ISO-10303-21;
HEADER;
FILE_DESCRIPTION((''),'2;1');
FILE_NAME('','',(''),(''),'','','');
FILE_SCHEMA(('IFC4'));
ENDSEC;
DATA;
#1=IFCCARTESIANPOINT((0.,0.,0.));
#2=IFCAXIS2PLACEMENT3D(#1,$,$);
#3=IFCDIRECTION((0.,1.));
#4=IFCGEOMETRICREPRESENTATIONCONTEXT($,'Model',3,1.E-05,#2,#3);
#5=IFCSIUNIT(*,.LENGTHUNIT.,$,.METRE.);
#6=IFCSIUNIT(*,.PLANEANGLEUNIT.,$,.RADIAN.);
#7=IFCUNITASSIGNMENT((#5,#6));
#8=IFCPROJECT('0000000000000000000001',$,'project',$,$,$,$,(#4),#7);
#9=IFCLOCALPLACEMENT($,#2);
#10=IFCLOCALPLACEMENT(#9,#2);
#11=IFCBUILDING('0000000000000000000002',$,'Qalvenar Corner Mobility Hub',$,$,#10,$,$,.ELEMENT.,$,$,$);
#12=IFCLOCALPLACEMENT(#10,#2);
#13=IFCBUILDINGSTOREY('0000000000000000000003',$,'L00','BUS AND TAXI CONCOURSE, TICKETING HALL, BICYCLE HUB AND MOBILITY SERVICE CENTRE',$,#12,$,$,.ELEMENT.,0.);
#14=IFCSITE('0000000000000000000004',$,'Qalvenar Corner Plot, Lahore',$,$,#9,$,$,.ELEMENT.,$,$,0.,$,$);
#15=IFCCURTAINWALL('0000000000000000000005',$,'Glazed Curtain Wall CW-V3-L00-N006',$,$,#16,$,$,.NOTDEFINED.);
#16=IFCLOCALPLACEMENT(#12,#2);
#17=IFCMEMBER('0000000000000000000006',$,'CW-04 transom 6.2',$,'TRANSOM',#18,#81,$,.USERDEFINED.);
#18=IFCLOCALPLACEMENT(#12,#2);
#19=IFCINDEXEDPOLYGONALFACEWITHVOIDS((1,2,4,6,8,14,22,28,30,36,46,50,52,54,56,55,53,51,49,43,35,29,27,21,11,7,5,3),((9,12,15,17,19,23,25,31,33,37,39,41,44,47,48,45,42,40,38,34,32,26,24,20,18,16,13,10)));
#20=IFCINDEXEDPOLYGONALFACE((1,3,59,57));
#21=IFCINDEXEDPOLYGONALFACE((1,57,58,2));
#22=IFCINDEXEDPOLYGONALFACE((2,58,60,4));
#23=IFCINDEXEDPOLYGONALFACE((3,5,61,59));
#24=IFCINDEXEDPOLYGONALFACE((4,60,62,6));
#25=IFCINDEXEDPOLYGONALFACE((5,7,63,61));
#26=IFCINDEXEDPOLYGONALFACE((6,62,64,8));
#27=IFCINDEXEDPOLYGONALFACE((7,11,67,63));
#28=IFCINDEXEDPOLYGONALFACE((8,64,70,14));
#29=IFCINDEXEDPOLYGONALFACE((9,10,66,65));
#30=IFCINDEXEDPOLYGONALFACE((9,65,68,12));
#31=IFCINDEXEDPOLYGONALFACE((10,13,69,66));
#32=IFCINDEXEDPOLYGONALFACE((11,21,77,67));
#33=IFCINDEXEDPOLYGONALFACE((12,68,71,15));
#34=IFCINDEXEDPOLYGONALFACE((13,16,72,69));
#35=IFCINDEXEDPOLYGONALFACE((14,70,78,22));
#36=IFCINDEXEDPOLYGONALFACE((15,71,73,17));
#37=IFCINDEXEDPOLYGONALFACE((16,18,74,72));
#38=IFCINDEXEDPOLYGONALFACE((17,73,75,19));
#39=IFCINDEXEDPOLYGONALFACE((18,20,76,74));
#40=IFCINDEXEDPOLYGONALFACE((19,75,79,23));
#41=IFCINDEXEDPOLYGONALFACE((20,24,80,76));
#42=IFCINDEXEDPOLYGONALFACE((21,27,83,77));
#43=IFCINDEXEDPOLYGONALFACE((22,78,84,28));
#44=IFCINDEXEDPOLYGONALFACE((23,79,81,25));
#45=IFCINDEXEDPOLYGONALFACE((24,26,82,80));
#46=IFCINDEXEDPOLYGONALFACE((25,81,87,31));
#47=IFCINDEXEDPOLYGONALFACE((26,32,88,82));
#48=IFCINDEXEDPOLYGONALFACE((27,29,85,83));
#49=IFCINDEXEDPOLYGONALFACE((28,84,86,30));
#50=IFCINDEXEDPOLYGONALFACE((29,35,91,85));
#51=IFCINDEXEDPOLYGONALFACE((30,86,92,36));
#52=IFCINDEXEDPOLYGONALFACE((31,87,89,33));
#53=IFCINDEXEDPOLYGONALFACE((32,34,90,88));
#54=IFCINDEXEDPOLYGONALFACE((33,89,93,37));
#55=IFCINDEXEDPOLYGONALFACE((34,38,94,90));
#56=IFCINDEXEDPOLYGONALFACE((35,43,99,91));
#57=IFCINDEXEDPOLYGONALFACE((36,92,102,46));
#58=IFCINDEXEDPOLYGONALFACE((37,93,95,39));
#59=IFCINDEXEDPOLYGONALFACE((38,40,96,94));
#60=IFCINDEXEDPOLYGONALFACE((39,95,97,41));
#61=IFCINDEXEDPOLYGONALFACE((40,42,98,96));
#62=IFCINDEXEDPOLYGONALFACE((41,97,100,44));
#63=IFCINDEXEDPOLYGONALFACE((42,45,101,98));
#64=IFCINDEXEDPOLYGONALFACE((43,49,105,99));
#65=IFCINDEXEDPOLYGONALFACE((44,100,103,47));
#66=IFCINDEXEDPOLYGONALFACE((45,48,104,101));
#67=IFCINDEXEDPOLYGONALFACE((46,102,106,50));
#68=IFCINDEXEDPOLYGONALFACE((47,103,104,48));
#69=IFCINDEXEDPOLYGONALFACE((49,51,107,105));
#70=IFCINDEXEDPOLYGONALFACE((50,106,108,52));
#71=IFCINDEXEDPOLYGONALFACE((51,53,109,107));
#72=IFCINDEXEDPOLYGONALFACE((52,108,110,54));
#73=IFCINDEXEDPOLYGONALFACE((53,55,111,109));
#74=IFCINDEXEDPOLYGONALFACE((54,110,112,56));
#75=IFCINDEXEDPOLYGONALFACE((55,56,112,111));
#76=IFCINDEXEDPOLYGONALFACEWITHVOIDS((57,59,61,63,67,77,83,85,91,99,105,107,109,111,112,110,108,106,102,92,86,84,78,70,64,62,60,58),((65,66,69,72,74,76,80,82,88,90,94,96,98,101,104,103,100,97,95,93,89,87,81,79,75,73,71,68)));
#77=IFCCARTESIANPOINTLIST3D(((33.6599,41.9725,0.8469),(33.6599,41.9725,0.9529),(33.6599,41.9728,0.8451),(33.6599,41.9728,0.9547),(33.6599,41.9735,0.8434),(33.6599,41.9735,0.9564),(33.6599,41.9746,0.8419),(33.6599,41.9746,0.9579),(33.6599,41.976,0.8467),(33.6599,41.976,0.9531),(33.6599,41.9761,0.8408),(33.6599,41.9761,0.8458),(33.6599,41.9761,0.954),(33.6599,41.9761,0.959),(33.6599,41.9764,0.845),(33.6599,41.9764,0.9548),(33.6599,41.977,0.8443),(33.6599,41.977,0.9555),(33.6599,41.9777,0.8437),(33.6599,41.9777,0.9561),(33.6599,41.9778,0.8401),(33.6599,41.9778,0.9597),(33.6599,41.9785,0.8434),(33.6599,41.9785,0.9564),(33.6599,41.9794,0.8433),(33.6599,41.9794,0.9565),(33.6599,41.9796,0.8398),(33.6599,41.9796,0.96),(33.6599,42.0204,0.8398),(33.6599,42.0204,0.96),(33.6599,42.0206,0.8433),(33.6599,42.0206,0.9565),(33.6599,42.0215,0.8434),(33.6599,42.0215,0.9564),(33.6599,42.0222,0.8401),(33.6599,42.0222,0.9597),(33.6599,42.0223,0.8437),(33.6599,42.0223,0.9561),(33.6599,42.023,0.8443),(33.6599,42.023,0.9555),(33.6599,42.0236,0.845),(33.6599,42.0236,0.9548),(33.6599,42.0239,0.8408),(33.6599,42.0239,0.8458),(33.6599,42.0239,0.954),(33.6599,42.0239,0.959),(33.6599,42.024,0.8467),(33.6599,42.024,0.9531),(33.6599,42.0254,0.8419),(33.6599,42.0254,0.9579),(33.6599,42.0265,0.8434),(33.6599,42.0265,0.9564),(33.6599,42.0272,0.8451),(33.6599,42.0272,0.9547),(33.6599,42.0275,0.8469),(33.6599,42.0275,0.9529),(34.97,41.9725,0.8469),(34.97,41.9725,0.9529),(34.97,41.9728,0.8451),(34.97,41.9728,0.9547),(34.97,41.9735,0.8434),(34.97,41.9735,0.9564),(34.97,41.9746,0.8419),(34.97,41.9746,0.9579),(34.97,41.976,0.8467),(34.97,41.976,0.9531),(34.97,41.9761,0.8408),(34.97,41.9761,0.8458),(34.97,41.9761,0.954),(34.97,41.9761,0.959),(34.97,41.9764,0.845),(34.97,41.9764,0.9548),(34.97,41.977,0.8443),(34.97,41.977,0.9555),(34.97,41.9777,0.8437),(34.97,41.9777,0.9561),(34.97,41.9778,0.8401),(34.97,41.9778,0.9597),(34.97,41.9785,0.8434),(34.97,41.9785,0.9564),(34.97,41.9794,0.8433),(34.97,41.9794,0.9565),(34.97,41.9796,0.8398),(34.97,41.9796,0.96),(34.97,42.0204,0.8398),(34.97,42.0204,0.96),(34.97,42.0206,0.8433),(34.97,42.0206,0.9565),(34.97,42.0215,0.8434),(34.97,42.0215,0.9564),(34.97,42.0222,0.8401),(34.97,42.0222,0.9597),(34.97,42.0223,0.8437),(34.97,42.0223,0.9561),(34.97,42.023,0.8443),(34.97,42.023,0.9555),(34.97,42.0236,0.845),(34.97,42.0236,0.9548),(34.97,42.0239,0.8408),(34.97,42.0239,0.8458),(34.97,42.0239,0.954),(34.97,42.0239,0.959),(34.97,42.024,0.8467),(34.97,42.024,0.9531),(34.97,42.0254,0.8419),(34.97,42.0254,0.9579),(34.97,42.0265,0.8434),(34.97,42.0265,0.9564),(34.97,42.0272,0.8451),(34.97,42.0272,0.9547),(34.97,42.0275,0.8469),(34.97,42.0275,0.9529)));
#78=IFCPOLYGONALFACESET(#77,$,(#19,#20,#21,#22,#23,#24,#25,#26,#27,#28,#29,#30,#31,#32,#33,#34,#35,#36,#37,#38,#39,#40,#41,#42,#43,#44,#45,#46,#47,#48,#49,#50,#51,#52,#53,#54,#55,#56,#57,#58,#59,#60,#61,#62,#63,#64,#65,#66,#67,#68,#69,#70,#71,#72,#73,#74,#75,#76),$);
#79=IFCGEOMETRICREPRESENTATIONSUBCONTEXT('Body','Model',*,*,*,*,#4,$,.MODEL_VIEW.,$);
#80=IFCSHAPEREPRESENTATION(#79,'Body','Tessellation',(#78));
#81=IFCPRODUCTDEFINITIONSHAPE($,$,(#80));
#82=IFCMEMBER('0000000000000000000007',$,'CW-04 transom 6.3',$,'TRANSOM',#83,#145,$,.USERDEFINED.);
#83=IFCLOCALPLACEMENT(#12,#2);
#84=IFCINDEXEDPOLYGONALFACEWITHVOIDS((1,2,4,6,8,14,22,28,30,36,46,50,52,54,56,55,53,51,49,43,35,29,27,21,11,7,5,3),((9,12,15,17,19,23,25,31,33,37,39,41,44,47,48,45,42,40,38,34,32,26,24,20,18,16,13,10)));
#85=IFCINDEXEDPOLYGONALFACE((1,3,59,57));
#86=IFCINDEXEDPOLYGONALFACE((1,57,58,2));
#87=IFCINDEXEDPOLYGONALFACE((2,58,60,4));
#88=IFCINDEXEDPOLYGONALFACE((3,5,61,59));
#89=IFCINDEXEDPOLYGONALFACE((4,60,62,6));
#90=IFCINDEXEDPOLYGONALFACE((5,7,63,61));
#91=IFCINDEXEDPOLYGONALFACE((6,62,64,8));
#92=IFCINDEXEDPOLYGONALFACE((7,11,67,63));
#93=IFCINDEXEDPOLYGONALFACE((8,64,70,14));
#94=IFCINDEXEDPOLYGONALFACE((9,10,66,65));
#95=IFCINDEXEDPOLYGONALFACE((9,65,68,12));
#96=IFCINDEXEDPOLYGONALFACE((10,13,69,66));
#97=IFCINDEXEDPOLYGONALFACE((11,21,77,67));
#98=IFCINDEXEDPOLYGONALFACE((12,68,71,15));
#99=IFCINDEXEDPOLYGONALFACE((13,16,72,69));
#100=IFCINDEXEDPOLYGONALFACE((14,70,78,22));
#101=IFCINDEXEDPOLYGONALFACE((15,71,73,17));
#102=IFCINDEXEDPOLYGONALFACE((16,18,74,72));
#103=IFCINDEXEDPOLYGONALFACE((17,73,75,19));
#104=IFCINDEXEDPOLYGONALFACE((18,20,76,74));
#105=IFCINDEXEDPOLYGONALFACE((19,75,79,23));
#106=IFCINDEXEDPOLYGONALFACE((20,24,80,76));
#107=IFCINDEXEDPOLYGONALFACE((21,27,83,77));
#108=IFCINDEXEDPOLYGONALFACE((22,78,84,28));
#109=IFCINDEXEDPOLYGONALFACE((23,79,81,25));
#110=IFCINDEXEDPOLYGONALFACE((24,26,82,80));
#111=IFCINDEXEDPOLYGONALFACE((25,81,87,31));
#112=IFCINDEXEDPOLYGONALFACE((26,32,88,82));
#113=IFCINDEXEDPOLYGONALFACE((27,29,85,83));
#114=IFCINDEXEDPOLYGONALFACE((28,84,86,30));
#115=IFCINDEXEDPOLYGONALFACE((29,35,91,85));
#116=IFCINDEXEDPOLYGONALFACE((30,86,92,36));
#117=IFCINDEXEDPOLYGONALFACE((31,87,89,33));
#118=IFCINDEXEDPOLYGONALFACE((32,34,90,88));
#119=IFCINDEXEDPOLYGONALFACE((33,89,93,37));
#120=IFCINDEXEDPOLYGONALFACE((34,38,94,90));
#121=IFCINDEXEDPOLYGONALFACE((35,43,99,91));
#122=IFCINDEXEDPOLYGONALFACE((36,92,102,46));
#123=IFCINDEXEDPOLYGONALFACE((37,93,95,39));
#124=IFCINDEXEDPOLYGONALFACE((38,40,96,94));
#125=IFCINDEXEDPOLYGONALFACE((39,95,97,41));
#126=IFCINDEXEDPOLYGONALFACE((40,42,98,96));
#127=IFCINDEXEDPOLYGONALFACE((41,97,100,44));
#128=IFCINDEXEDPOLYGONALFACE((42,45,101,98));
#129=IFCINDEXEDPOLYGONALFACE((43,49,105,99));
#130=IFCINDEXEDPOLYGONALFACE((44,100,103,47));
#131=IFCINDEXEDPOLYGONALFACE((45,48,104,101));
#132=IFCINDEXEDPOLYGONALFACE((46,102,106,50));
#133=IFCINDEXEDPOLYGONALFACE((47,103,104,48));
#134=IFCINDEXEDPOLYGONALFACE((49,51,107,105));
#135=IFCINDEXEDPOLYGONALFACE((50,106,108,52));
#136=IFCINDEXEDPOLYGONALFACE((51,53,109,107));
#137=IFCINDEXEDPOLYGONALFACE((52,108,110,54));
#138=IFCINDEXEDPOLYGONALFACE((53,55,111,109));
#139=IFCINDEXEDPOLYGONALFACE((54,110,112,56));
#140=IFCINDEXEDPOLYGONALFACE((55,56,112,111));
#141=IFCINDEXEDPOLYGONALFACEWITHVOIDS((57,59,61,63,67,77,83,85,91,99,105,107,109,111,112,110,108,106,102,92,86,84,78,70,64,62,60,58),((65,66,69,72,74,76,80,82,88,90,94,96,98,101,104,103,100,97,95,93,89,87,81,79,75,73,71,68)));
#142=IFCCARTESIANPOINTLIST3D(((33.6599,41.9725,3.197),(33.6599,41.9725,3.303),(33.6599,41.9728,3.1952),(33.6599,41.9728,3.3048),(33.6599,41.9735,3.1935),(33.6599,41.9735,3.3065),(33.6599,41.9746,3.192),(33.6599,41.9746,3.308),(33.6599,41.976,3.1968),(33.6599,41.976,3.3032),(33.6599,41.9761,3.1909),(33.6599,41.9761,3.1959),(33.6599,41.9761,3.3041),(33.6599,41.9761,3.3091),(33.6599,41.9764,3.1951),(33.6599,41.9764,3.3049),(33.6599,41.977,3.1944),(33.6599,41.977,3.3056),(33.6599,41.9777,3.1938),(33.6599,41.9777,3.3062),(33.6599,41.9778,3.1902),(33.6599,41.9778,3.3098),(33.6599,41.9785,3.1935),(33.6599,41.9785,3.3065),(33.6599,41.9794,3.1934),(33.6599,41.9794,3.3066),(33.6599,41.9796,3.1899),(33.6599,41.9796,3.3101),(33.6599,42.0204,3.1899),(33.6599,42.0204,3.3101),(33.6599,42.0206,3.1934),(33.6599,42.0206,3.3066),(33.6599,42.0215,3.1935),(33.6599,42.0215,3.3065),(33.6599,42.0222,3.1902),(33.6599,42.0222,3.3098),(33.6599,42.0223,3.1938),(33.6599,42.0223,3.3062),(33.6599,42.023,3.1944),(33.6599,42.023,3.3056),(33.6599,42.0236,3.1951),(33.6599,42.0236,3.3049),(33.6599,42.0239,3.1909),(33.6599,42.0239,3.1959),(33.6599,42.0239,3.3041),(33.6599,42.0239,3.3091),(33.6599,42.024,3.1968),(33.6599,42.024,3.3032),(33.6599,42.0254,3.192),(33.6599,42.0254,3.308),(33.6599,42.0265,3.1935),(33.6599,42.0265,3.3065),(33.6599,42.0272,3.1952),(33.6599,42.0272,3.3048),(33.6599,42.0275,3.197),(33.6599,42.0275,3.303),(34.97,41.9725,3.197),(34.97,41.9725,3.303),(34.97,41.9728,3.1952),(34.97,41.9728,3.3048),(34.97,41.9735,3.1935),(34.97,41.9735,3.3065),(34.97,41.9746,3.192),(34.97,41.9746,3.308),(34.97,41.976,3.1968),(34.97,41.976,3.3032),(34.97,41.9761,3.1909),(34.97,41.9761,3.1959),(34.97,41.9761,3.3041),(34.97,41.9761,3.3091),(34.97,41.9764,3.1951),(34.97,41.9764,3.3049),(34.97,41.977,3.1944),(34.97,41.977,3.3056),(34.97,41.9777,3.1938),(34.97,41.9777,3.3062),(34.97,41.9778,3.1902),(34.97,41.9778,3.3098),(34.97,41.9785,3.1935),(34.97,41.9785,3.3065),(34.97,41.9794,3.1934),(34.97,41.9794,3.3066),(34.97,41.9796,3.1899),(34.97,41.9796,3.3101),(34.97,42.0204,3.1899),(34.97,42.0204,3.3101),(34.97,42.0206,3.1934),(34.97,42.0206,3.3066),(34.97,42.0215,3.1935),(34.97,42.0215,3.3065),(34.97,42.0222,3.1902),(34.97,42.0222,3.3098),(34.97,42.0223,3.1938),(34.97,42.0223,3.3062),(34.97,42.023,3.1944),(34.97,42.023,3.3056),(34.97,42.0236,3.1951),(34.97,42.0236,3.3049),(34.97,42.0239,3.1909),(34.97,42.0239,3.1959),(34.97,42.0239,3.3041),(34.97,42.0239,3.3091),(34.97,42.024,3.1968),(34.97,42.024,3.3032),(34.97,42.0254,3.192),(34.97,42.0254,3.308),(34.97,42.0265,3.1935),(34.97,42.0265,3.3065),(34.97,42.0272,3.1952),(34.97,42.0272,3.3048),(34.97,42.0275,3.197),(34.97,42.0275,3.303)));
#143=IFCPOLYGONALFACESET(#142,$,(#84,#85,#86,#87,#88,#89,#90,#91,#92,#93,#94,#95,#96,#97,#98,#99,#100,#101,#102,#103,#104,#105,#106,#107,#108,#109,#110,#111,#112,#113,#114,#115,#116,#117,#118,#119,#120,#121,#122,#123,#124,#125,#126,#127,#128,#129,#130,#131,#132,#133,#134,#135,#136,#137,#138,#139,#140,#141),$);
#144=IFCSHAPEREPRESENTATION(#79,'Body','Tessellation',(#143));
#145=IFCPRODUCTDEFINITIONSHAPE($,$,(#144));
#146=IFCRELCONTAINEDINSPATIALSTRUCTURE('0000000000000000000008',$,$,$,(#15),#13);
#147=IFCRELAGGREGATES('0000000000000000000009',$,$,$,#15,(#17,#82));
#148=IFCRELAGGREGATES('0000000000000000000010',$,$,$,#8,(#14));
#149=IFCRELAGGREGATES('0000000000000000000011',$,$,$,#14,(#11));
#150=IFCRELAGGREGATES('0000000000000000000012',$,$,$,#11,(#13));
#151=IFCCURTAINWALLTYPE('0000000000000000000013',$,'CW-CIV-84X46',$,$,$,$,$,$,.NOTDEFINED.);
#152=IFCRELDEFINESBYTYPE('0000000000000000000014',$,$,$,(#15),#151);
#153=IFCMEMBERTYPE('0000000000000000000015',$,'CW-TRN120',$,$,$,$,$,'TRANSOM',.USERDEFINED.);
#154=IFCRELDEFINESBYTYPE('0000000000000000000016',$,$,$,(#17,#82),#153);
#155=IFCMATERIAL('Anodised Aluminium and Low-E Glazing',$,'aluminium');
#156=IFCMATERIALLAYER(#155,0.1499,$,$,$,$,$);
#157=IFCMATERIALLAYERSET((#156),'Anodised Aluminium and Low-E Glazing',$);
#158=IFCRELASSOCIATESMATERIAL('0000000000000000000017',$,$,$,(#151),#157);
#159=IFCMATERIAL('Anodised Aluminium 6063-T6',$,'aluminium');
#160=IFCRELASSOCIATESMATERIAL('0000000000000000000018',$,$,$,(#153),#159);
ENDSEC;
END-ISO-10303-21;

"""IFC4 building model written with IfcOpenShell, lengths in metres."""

from ifc_helpers import new_model, si_unit, direction, frame, origin, origin_2d, place, context, subcontext, project, spatial, hollow_rectangle, extrude, material, layer, layer_set, material_profile, profile_set, type_object, element, aggregate, save


model = new_model("IFC4")

# Units and contexts
model_context = context("Model", 3, precision=1e-05, world=origin(), true_north=direction((0.0, 1.0)))
body_context = subcontext(model_context, "Body", "Model", "MODEL_VIEW")
ifc_project = project(units=[si_unit("LENGTHUNIT", "METRE"), si_unit("PLANEANGLEUNIT", "RADIAN")], contexts=[model_context])

# Site, building, storey
site_placement = place(None, origin())
site = spatial("IfcSite", under=ifc_project, at=site_placement, Name="Qalvenar Corner Plot, Lahore", CompositionType="ELEMENT", RefElevation=0.0)
building_placement = place(site_placement, origin())
building = spatial("IfcBuilding", under=site, at=building_placement, Name="Qalvenar Corner Mobility Hub", CompositionType="ELEMENT")
storey_placement = place(building_placement, origin())
storey = spatial("IfcBuildingStorey", under=building, at=storey_placement, Name="L00", Description="BUS AND TAXI CONCOURSE, TICKETING HALL, BICYCLE HUB AND MOBILITY SERVICE CENTRE", CompositionType="ELEMENT", Elevation=0.0)

# Curtain wall, members
ifc_material_1 = material(Name="Anodised Aluminium and Low-E Glazing", Category="aluminium")
ifc_layer_1 = layer(ifc_material_1, 0.1499)
ifc_layer_set_1 = layer_set([ifc_layer_1], Name="Anodised Aluminium and Low-E Glazing")
curtain_wall_type = type_object("IfcCurtainWallType", Name="CW-CIV-84X46", PredefinedType="NOTDEFINED", material=ifc_layer_set_1)
curtain_wall_placement = place(storey_placement, origin())
curtain_wall = element("IfcCurtainWall", 1, at=curtain_wall_placement, inside=storey, type_object=curtain_wall_type, Name="Glazed Curtain Wall CW-V3-L00-N006", PredefinedType="NOTDEFINED")
ifc_material_2 = material(Name="Anodised Aluminium 6063-T6", Category="aluminium")
ifc_material_profile_1 = material_profile(ifc_material_2, hollow_rectangle(XDim=0.0549, YDim=0.1201, WallThickness=0.0034, InnerFilletRadius=0.0034, OuterFilletRadius=0.0071, at=origin_2d()), Name="RHS120x55x3.5")
ifc_profile_set_1 = profile_set([ifc_material_profile_1], Name="Anodised Aluminium 6063-T6")
member_type_1 = type_object("IfcMemberType", Name="CW-TRN120", ElementType="TRANSOM", PredefinedType="USERDEFINED", material=ifc_profile_set_1)
member_1_placement = place(storey_placement, frame((34.97, 42.0, 0.8999), z_axis=(-1.0, 0.0, 0.0), x_axis=(0.0, -1.0, 0.0)))
member_1 = element("IfcMember", 2, at=member_1_placement, type_object=member_type_1, Name="CW-04 transom 6.2", ObjectType="TRANSOM", PredefinedType="USERDEFINED", context=body_context, shape_type="SweptSolid", body=[
    extrude(hollow_rectangle(XDim=0.0549, YDim=0.1201, WallThickness=0.0034, InnerFilletRadius=0.0034, OuterFilletRadius=0.0071, at=origin_2d()), origin(), (0.0, 0.0, 1.0), 1.3101),
])
member_2_placement = place(storey_placement, frame((34.97, 42.0, 3.25), z_axis=(-1.0, 0.0, 0.0), x_axis=(0.0, -1.0, 0.0)))
member_2 = element("IfcMember", 3, at=member_2_placement, type_object=member_type_1, Name="CW-04 transom 6.3", ObjectType="TRANSOM", PredefinedType="USERDEFINED", context=body_context, shape_type="SweptSolid", body=[
    extrude(hollow_rectangle(XDim=0.0549, YDim=0.1201, WallThickness=0.0034, InnerFilletRadius=0.0034, OuterFilletRadius=0.0071, at=origin_2d()), origin(), (0.0, 0.0, 1.0), 1.3101),
])
aggregate(curtain_wall, [member_1, member_2])

save(model, "model.ifc")
